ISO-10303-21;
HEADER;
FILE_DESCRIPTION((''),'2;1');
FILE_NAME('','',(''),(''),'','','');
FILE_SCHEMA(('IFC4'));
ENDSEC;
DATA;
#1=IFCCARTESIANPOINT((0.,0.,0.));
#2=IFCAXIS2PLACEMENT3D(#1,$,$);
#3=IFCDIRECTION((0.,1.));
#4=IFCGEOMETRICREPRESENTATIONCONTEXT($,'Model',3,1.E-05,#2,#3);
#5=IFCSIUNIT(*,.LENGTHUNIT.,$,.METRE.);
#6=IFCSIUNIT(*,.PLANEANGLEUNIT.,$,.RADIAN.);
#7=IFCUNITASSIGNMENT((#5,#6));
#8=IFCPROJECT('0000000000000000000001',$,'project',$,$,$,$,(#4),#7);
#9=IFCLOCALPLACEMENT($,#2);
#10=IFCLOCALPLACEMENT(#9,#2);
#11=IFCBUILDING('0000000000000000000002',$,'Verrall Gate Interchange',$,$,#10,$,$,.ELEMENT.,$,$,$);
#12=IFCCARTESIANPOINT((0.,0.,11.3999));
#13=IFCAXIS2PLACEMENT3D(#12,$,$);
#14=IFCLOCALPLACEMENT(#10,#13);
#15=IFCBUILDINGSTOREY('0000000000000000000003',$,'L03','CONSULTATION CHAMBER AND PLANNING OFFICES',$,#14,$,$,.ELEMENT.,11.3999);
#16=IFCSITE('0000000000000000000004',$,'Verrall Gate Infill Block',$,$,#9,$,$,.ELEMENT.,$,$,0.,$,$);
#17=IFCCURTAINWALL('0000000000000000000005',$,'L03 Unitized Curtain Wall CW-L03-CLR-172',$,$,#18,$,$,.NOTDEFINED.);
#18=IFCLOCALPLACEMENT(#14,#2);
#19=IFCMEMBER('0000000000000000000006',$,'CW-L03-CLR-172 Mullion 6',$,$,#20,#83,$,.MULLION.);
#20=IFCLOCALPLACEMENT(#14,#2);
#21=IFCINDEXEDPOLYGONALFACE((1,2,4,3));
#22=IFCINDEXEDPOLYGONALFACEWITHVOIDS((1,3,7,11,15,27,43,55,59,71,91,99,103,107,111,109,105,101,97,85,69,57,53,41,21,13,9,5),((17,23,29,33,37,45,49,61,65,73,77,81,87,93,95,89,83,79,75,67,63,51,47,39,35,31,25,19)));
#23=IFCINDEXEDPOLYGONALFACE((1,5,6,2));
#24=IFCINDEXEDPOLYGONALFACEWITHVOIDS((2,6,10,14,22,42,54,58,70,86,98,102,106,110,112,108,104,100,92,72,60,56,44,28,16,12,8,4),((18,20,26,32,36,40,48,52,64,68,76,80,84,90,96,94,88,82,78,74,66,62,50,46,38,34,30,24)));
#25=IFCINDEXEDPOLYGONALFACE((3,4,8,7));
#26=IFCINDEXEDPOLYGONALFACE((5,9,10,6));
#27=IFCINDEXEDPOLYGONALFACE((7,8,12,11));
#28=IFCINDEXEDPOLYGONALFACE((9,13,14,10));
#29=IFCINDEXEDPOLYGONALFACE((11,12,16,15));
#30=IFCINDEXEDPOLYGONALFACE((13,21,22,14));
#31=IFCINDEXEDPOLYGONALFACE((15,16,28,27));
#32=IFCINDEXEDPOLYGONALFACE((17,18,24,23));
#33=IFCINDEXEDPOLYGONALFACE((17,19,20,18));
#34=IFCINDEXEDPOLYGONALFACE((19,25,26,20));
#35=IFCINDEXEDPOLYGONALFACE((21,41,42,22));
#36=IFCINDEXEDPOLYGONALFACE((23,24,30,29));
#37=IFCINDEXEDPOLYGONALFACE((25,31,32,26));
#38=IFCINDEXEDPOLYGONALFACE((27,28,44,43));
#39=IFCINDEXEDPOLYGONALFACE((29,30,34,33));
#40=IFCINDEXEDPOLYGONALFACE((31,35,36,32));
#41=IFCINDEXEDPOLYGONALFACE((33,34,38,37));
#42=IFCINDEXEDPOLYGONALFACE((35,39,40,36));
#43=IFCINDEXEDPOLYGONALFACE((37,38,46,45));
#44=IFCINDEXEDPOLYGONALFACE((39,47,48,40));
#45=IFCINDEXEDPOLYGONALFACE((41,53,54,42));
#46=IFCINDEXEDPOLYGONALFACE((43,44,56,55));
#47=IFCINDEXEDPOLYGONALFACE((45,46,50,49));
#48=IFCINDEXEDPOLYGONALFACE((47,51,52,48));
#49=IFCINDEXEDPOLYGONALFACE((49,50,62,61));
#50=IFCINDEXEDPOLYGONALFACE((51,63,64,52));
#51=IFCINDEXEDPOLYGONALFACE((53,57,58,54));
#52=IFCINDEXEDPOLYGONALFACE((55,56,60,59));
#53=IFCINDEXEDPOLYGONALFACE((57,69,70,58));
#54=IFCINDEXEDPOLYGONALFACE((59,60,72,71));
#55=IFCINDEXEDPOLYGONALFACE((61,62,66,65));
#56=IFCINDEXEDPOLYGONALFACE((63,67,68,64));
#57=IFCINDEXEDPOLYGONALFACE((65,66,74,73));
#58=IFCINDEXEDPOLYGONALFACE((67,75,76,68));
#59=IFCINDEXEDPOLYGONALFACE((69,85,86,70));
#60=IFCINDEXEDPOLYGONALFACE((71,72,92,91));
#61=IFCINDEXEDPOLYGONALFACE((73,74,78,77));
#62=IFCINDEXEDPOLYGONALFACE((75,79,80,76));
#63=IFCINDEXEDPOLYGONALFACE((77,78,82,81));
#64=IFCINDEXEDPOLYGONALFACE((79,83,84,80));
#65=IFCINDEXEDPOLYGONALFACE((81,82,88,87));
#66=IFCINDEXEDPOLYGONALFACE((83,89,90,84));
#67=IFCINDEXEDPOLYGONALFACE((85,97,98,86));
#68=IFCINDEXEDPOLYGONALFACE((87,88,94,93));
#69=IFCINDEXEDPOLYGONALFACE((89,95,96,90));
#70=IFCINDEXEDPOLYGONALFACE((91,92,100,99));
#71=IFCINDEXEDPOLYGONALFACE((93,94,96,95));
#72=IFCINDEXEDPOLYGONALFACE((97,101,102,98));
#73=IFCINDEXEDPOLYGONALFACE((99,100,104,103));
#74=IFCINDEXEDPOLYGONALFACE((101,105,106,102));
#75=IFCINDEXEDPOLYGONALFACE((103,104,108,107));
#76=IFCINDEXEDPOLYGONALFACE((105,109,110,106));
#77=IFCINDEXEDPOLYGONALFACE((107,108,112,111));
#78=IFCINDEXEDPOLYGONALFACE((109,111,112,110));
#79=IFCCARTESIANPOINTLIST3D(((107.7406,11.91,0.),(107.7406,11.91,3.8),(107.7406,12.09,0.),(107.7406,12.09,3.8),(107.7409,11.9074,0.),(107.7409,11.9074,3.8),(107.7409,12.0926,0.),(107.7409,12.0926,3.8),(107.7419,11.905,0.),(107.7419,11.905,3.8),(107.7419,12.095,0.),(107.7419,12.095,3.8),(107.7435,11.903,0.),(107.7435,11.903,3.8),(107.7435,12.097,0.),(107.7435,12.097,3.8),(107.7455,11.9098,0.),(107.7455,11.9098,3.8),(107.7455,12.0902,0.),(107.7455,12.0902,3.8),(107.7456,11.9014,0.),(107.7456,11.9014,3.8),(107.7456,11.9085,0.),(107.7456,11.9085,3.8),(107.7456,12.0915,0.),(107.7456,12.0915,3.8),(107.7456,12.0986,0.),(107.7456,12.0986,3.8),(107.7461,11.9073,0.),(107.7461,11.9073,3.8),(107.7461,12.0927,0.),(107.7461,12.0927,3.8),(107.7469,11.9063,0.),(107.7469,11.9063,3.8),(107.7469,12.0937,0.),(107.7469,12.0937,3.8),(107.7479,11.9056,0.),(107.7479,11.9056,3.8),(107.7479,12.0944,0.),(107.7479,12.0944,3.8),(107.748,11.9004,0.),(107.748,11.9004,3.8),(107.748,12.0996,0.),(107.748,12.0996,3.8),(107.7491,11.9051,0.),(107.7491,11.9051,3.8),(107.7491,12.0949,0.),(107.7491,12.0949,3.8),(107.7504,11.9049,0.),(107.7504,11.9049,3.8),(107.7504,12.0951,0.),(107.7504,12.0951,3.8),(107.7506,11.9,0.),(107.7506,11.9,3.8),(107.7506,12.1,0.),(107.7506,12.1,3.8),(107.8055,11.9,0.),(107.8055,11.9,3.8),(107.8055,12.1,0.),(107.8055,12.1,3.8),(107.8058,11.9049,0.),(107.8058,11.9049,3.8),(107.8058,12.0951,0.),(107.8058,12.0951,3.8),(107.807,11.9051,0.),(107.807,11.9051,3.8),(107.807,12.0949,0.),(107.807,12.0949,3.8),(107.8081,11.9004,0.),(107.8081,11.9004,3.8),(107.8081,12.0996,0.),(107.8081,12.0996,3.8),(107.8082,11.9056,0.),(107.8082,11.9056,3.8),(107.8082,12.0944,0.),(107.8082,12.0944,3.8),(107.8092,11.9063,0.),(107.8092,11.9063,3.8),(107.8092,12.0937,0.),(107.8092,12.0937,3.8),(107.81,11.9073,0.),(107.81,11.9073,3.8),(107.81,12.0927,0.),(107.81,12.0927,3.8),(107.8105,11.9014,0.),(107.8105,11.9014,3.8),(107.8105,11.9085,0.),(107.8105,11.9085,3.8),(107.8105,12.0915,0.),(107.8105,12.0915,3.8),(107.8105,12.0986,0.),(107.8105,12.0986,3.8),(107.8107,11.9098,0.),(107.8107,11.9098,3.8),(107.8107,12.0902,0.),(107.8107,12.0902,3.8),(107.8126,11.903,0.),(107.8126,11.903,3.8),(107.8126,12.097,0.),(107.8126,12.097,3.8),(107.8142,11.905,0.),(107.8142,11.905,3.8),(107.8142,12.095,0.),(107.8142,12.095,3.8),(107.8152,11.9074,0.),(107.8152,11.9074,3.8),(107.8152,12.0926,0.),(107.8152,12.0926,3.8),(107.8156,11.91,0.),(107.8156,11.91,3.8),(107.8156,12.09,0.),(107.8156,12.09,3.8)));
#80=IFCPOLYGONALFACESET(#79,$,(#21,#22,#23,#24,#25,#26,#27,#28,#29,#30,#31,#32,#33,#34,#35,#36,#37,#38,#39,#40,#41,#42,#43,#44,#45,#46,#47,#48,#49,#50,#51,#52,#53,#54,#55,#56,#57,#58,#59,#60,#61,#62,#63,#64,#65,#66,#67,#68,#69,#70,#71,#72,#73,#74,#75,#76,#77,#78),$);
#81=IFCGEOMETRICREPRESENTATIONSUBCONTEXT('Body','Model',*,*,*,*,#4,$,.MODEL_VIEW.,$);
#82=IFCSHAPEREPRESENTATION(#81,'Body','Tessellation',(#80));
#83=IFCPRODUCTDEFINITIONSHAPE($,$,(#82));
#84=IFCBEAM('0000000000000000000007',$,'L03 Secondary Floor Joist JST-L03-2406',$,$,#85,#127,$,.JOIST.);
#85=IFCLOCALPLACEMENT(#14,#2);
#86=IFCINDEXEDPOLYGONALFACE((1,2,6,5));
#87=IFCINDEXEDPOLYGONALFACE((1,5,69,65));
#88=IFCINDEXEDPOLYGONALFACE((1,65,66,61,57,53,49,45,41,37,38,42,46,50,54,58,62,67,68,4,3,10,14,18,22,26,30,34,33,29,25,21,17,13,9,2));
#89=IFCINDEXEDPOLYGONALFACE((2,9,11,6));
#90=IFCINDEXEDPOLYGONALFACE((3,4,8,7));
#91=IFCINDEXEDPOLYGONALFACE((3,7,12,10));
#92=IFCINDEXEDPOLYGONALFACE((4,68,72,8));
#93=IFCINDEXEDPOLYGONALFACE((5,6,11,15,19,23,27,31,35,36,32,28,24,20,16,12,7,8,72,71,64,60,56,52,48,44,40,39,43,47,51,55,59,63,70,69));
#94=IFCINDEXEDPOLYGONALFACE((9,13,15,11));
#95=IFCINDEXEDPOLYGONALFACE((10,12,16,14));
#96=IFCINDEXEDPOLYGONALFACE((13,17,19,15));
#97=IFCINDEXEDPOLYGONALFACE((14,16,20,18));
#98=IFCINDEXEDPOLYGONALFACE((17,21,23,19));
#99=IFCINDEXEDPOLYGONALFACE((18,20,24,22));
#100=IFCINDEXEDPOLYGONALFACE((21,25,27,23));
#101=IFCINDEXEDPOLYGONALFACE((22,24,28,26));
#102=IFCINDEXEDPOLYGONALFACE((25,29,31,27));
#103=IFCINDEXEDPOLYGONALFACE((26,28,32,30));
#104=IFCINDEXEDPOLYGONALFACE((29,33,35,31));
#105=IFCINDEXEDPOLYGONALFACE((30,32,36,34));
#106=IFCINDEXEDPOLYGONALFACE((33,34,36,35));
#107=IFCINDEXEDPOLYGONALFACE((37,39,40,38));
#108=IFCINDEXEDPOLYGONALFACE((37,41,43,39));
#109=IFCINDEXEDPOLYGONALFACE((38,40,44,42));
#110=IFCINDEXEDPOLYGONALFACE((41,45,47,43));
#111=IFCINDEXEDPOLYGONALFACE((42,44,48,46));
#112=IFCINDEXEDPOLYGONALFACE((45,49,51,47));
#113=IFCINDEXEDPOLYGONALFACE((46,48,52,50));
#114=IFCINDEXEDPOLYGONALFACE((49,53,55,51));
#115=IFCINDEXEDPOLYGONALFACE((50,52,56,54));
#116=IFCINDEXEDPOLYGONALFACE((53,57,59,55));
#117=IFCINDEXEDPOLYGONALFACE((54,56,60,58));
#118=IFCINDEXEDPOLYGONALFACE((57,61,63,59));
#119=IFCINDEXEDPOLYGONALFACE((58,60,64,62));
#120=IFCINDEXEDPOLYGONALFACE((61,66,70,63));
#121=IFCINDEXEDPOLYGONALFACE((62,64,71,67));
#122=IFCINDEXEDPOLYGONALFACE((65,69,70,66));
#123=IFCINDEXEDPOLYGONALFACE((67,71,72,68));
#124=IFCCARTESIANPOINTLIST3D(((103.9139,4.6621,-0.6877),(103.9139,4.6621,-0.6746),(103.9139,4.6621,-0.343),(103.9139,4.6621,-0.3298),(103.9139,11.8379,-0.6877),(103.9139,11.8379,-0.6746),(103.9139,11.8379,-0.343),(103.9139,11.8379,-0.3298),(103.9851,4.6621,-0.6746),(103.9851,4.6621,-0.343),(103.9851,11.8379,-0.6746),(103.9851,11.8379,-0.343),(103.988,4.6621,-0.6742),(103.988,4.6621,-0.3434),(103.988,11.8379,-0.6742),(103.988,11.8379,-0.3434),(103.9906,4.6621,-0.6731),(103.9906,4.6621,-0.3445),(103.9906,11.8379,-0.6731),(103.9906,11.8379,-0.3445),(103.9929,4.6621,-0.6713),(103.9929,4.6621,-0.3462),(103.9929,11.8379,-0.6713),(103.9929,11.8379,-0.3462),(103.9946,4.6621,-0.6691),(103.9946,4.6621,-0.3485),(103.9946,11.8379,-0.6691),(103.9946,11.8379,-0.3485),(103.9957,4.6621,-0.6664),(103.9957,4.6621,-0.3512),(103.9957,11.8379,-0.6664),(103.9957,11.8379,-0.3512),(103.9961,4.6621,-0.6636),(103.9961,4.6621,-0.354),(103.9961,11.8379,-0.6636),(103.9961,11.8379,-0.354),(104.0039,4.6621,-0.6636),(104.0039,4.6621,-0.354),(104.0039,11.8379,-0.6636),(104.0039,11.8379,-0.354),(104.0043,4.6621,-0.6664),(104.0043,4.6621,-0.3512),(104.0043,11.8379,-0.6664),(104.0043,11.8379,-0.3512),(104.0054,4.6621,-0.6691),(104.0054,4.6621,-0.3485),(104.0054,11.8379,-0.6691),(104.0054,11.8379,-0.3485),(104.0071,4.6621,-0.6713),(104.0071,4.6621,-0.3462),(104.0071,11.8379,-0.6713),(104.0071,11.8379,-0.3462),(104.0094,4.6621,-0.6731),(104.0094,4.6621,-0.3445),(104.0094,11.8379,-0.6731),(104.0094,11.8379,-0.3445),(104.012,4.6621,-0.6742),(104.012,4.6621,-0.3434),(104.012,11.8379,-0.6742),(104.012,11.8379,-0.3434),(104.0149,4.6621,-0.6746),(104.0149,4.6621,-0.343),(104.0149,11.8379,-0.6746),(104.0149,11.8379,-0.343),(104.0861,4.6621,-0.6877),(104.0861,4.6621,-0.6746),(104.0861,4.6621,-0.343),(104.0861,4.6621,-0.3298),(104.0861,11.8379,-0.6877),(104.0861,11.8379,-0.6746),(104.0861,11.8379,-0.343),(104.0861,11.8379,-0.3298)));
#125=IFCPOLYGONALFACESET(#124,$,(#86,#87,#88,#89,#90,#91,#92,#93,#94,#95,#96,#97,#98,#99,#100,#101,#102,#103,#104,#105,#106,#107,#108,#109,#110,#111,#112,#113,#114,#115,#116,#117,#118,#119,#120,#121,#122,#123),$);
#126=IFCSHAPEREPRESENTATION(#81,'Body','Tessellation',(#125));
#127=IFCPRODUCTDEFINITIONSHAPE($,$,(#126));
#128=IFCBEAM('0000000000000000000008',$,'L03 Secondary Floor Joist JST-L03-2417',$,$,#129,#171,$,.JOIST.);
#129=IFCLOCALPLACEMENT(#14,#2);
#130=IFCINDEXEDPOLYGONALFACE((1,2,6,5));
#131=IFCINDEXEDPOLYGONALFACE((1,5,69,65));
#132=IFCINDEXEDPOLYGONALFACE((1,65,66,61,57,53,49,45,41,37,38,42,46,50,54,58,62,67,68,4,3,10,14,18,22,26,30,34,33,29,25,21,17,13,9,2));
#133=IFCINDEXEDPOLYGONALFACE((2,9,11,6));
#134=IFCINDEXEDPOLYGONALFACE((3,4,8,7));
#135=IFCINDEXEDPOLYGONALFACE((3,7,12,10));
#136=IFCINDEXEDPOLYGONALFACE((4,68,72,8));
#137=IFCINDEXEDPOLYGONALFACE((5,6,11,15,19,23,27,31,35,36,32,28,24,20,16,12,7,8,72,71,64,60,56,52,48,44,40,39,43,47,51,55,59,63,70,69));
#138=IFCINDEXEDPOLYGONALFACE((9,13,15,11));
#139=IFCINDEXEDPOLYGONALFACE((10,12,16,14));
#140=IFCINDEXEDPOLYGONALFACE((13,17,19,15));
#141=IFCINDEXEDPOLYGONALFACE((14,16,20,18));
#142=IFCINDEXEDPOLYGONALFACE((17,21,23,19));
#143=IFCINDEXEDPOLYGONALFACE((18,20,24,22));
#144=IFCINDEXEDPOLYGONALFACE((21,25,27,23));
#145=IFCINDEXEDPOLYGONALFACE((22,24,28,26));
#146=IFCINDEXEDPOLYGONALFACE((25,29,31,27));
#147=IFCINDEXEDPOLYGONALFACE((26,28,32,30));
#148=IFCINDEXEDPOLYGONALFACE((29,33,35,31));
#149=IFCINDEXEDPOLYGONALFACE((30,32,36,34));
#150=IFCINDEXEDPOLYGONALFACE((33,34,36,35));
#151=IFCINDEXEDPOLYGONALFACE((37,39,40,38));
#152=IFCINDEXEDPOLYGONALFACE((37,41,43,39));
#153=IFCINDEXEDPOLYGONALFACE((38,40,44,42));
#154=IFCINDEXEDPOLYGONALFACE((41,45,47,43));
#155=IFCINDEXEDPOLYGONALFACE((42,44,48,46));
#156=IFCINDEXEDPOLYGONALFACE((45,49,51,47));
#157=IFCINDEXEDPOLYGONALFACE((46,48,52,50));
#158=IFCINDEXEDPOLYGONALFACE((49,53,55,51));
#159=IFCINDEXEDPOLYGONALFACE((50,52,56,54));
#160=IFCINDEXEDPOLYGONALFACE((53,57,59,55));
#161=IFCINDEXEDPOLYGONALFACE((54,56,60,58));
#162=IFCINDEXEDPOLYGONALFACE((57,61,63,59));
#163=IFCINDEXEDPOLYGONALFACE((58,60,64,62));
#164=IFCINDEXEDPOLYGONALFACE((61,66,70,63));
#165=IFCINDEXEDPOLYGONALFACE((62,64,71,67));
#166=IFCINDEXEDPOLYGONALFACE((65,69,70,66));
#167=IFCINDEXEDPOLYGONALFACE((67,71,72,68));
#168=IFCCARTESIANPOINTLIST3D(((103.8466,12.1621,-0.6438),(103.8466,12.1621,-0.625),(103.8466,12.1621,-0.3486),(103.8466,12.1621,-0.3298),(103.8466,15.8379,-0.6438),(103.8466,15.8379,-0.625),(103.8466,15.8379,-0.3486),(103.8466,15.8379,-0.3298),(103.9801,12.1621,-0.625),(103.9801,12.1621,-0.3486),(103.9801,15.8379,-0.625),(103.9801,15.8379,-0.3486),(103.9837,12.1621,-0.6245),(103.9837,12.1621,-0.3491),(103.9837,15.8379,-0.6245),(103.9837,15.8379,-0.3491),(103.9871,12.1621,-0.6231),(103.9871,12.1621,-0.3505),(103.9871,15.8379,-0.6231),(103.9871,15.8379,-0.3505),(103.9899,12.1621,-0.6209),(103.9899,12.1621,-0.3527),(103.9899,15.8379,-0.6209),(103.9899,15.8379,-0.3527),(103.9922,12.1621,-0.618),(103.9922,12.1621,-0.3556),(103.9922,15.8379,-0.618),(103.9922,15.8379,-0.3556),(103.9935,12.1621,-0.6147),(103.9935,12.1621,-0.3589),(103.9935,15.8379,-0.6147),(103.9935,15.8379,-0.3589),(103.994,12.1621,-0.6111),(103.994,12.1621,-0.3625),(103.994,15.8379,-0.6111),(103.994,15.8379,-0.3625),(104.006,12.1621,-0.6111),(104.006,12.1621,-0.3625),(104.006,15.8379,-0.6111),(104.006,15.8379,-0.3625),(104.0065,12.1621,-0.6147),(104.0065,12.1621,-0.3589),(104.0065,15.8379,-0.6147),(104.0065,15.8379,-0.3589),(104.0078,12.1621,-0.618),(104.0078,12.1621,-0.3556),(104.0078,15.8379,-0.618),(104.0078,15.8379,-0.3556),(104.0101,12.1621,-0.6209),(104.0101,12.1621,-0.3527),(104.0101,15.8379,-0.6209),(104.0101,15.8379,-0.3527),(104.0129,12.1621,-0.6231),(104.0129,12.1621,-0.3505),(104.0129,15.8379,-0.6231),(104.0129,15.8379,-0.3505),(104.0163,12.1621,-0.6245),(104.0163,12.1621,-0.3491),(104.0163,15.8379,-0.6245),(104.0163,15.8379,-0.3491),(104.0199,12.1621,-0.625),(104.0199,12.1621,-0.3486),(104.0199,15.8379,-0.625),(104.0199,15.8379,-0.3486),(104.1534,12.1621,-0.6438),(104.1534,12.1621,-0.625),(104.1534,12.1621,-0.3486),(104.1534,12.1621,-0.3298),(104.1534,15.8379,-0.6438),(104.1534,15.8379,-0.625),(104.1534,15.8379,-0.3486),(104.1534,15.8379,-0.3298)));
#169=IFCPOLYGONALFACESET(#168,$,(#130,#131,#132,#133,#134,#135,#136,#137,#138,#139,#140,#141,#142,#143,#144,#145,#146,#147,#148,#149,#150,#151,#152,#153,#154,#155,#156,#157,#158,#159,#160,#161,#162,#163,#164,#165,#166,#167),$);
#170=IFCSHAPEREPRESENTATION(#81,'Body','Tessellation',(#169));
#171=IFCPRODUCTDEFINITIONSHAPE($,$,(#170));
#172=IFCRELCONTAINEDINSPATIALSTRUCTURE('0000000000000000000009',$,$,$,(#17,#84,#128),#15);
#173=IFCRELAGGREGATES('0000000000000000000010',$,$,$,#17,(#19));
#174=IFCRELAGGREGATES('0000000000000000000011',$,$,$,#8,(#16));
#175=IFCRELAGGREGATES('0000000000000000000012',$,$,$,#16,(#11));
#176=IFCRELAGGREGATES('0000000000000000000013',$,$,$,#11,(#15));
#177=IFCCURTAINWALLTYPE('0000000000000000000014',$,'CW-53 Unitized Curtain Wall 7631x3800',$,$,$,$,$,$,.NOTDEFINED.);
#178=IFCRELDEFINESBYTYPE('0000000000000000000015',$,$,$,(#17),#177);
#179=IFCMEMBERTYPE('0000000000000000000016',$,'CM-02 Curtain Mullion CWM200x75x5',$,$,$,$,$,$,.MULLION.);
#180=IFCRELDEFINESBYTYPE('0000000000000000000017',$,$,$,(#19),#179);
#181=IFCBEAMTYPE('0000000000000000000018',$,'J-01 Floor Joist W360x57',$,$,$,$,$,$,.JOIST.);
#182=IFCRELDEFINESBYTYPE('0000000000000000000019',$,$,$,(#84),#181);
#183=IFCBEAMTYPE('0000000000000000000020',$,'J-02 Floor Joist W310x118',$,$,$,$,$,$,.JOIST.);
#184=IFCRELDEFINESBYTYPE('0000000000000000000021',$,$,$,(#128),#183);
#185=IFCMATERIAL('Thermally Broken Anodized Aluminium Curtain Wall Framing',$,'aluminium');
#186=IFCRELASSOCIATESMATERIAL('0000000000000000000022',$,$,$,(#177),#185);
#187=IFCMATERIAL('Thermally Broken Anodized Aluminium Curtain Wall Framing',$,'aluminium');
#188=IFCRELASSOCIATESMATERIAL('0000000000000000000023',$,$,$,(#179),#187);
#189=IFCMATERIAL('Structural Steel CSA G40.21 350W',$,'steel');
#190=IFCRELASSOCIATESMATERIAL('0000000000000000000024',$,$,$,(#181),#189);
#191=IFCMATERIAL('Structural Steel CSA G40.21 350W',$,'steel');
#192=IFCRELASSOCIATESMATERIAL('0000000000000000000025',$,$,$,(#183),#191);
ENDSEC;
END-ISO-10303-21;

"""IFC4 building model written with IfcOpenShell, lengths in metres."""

from ifc_helpers import new_model, si_unit, direction, frame, origin, origin_2d, place, context, subcontext, project, spatial, hollow_rectangle, i_section, extrude, material, material_profile, profile_set, type_object, element, aggregate, save


model = new_model("IFC4")

# Units and contexts
model_context = context("Model", 3, precision=1e-05, world=origin(), true_north=direction((0.0, 1.0)))
body_context = subcontext(model_context, "Body", "Model", "MODEL_VIEW")
ifc_project = project(units=[si_unit("LENGTHUNIT", "METRE"), si_unit("PLANEANGLEUNIT", "RADIAN")], contexts=[model_context])

# Site, building, storey
site_placement = place(None, origin())
site = spatial("IfcSite", under=ifc_project, at=site_placement, Name="Verrall Gate Infill Block", CompositionType="ELEMENT", RefElevation=0.0)
building_placement = place(site_placement, origin())
building = spatial("IfcBuilding", under=site, at=building_placement, Name="Verrall Gate Interchange", CompositionType="ELEMENT")
storey_placement = place(building_placement, frame((0.0, 0.0, 11.3999)))
storey = spatial("IfcBuildingStorey", under=building, at=storey_placement, Name="L03", Description="CONSULTATION CHAMBER AND PLANNING OFFICES", CompositionType="ELEMENT", Elevation=11.3999)

# Curtain wall, member
ifc_material_1 = material(Name="Thermally Broken Anodized Aluminium Curtain Wall Framing", Category="aluminium")
curtain_wall_type = type_object("IfcCurtainWallType", Name="CW-53 Unitized Curtain Wall 7631x3800", PredefinedType="NOTDEFINED", material=ifc_material_1)
curtain_wall_placement = place(storey_placement, origin())
curtain_wall = element("IfcCurtainWall", 1, at=curtain_wall_placement, inside=storey, type_object=curtain_wall_type, Name="L03 Unitized Curtain Wall CW-L03-CLR-172", PredefinedType="NOTDEFINED")
ifc_material_2 = material(Name="Thermally Broken Anodized Aluminium Curtain Wall Framing", Category="aluminium")
ifc_material_profile_1 = material_profile(ifc_material_2, hollow_rectangle(XDim=0.075, YDim=0.2, WallThickness=0.0049, InnerFilletRadius=0.0049, OuterFilletRadius=0.01, at=origin_2d()), Name="CWM200x75x5")
ifc_profile_set_1 = profile_set([ifc_material_profile_1], Name="Thermally Broken Anodized Aluminium Curtain Wall Framing")
member_type_1 = type_object("IfcMemberType", Name="CM-02 Curtain Mullion CWM200x75x5", PredefinedType="MULLION", material=ifc_profile_set_1)
member_1_placement = place(storey_placement, frame((107.7781, 12.0, 0.0), z_axis=(0.0, 0.0, 1.0), x_axis=(1.0, 0.0, 0.0)))
member_1 = element("IfcMember", 2, at=member_1_placement, type_object=member_type_1, Name="CW-L03-CLR-172 Mullion 6", PredefinedType="MULLION", context=body_context, shape_type="SweptSolid", body=[
    extrude(hollow_rectangle(XDim=0.075, YDim=0.2, WallThickness=0.0049, InnerFilletRadius=0.0049, OuterFilletRadius=0.01, at=origin_2d()), origin(), (0.0, 0.0, 1.0), 3.8),
])

# Beams
ifc_material_3 = material(Name="Structural Steel CSA G40.21 350W", Category="steel")
ifc_material_profile_2 = material_profile(ifc_material_3, i_section(OverallWidth=0.1721, OverallDepth=0.3579, WebThickness=0.0078, FlangeThickness=0.0132, FilletRadius=0.011, at=origin_2d()), Name="W360x57")
ifc_profile_set_2 = profile_set([ifc_material_profile_2], Name="Structural Steel CSA G40.21 350W")
beam_type_1 = type_object("IfcBeamType", Name="J-01 Floor Joist W360x57", PredefinedType="JOIST", material=ifc_profile_set_2)
beam_1_placement = place(storey_placement, frame((104.0, 4.6621, -0.5088), z_axis=(0.0, 1.0, 0.0), x_axis=(-1.0, 0.0, 0.0)))
element("IfcBeam", 3, at=beam_1_placement, inside=storey, type_object=beam_type_1, Name="L03 Secondary Floor Joist JST-L03-2406", PredefinedType="JOIST", context=body_context, shape_type="SweptSolid", body=[
    extrude(i_section(OverallWidth=0.1721, OverallDepth=0.3579, WebThickness=0.0078, FlangeThickness=0.0132, FilletRadius=0.011, at=origin_2d()), origin(), (0.0, 0.0, 1.0), 7.1758),
])
ifc_material_4 = material(Name="Structural Steel CSA G40.21 350W", Category="steel")
ifc_material_profile_3 = material_profile(ifc_material_4, i_section(OverallWidth=0.3069, OverallDepth=0.314, WebThickness=0.012, FlangeThickness=0.0188, FilletRadius=0.0139, at=origin_2d()), Name="W310x118")
ifc_profile_set_3 = profile_set([ifc_material_profile_3], Name="Structural Steel CSA G40.21 350W")
beam_type_2 = type_object("IfcBeamType", Name="J-02 Floor Joist W310x118", PredefinedType="JOIST", material=ifc_profile_set_3)
beam_2_placement = place(storey_placement, frame((104.0, 12.1621, -0.4868), z_axis=(0.0, 1.0, 0.0), x_axis=(-1.0, 0.0, 0.0)))
element("IfcBeam", 4, at=beam_2_placement, inside=storey, type_object=beam_type_2, Name="L03 Secondary Floor Joist JST-L03-2417", PredefinedType="JOIST", context=body_context, shape_type="SweptSolid", body=[
    extrude(i_section(OverallWidth=0.3069, OverallDepth=0.314, WebThickness=0.012, FlangeThickness=0.0188, FilletRadius=0.0139, at=origin_2d()), origin(), (0.0, 0.0, 1.0), 3.6758),
])

aggregate(curtain_wall, [member_1])

save(model, "model.ifc")
